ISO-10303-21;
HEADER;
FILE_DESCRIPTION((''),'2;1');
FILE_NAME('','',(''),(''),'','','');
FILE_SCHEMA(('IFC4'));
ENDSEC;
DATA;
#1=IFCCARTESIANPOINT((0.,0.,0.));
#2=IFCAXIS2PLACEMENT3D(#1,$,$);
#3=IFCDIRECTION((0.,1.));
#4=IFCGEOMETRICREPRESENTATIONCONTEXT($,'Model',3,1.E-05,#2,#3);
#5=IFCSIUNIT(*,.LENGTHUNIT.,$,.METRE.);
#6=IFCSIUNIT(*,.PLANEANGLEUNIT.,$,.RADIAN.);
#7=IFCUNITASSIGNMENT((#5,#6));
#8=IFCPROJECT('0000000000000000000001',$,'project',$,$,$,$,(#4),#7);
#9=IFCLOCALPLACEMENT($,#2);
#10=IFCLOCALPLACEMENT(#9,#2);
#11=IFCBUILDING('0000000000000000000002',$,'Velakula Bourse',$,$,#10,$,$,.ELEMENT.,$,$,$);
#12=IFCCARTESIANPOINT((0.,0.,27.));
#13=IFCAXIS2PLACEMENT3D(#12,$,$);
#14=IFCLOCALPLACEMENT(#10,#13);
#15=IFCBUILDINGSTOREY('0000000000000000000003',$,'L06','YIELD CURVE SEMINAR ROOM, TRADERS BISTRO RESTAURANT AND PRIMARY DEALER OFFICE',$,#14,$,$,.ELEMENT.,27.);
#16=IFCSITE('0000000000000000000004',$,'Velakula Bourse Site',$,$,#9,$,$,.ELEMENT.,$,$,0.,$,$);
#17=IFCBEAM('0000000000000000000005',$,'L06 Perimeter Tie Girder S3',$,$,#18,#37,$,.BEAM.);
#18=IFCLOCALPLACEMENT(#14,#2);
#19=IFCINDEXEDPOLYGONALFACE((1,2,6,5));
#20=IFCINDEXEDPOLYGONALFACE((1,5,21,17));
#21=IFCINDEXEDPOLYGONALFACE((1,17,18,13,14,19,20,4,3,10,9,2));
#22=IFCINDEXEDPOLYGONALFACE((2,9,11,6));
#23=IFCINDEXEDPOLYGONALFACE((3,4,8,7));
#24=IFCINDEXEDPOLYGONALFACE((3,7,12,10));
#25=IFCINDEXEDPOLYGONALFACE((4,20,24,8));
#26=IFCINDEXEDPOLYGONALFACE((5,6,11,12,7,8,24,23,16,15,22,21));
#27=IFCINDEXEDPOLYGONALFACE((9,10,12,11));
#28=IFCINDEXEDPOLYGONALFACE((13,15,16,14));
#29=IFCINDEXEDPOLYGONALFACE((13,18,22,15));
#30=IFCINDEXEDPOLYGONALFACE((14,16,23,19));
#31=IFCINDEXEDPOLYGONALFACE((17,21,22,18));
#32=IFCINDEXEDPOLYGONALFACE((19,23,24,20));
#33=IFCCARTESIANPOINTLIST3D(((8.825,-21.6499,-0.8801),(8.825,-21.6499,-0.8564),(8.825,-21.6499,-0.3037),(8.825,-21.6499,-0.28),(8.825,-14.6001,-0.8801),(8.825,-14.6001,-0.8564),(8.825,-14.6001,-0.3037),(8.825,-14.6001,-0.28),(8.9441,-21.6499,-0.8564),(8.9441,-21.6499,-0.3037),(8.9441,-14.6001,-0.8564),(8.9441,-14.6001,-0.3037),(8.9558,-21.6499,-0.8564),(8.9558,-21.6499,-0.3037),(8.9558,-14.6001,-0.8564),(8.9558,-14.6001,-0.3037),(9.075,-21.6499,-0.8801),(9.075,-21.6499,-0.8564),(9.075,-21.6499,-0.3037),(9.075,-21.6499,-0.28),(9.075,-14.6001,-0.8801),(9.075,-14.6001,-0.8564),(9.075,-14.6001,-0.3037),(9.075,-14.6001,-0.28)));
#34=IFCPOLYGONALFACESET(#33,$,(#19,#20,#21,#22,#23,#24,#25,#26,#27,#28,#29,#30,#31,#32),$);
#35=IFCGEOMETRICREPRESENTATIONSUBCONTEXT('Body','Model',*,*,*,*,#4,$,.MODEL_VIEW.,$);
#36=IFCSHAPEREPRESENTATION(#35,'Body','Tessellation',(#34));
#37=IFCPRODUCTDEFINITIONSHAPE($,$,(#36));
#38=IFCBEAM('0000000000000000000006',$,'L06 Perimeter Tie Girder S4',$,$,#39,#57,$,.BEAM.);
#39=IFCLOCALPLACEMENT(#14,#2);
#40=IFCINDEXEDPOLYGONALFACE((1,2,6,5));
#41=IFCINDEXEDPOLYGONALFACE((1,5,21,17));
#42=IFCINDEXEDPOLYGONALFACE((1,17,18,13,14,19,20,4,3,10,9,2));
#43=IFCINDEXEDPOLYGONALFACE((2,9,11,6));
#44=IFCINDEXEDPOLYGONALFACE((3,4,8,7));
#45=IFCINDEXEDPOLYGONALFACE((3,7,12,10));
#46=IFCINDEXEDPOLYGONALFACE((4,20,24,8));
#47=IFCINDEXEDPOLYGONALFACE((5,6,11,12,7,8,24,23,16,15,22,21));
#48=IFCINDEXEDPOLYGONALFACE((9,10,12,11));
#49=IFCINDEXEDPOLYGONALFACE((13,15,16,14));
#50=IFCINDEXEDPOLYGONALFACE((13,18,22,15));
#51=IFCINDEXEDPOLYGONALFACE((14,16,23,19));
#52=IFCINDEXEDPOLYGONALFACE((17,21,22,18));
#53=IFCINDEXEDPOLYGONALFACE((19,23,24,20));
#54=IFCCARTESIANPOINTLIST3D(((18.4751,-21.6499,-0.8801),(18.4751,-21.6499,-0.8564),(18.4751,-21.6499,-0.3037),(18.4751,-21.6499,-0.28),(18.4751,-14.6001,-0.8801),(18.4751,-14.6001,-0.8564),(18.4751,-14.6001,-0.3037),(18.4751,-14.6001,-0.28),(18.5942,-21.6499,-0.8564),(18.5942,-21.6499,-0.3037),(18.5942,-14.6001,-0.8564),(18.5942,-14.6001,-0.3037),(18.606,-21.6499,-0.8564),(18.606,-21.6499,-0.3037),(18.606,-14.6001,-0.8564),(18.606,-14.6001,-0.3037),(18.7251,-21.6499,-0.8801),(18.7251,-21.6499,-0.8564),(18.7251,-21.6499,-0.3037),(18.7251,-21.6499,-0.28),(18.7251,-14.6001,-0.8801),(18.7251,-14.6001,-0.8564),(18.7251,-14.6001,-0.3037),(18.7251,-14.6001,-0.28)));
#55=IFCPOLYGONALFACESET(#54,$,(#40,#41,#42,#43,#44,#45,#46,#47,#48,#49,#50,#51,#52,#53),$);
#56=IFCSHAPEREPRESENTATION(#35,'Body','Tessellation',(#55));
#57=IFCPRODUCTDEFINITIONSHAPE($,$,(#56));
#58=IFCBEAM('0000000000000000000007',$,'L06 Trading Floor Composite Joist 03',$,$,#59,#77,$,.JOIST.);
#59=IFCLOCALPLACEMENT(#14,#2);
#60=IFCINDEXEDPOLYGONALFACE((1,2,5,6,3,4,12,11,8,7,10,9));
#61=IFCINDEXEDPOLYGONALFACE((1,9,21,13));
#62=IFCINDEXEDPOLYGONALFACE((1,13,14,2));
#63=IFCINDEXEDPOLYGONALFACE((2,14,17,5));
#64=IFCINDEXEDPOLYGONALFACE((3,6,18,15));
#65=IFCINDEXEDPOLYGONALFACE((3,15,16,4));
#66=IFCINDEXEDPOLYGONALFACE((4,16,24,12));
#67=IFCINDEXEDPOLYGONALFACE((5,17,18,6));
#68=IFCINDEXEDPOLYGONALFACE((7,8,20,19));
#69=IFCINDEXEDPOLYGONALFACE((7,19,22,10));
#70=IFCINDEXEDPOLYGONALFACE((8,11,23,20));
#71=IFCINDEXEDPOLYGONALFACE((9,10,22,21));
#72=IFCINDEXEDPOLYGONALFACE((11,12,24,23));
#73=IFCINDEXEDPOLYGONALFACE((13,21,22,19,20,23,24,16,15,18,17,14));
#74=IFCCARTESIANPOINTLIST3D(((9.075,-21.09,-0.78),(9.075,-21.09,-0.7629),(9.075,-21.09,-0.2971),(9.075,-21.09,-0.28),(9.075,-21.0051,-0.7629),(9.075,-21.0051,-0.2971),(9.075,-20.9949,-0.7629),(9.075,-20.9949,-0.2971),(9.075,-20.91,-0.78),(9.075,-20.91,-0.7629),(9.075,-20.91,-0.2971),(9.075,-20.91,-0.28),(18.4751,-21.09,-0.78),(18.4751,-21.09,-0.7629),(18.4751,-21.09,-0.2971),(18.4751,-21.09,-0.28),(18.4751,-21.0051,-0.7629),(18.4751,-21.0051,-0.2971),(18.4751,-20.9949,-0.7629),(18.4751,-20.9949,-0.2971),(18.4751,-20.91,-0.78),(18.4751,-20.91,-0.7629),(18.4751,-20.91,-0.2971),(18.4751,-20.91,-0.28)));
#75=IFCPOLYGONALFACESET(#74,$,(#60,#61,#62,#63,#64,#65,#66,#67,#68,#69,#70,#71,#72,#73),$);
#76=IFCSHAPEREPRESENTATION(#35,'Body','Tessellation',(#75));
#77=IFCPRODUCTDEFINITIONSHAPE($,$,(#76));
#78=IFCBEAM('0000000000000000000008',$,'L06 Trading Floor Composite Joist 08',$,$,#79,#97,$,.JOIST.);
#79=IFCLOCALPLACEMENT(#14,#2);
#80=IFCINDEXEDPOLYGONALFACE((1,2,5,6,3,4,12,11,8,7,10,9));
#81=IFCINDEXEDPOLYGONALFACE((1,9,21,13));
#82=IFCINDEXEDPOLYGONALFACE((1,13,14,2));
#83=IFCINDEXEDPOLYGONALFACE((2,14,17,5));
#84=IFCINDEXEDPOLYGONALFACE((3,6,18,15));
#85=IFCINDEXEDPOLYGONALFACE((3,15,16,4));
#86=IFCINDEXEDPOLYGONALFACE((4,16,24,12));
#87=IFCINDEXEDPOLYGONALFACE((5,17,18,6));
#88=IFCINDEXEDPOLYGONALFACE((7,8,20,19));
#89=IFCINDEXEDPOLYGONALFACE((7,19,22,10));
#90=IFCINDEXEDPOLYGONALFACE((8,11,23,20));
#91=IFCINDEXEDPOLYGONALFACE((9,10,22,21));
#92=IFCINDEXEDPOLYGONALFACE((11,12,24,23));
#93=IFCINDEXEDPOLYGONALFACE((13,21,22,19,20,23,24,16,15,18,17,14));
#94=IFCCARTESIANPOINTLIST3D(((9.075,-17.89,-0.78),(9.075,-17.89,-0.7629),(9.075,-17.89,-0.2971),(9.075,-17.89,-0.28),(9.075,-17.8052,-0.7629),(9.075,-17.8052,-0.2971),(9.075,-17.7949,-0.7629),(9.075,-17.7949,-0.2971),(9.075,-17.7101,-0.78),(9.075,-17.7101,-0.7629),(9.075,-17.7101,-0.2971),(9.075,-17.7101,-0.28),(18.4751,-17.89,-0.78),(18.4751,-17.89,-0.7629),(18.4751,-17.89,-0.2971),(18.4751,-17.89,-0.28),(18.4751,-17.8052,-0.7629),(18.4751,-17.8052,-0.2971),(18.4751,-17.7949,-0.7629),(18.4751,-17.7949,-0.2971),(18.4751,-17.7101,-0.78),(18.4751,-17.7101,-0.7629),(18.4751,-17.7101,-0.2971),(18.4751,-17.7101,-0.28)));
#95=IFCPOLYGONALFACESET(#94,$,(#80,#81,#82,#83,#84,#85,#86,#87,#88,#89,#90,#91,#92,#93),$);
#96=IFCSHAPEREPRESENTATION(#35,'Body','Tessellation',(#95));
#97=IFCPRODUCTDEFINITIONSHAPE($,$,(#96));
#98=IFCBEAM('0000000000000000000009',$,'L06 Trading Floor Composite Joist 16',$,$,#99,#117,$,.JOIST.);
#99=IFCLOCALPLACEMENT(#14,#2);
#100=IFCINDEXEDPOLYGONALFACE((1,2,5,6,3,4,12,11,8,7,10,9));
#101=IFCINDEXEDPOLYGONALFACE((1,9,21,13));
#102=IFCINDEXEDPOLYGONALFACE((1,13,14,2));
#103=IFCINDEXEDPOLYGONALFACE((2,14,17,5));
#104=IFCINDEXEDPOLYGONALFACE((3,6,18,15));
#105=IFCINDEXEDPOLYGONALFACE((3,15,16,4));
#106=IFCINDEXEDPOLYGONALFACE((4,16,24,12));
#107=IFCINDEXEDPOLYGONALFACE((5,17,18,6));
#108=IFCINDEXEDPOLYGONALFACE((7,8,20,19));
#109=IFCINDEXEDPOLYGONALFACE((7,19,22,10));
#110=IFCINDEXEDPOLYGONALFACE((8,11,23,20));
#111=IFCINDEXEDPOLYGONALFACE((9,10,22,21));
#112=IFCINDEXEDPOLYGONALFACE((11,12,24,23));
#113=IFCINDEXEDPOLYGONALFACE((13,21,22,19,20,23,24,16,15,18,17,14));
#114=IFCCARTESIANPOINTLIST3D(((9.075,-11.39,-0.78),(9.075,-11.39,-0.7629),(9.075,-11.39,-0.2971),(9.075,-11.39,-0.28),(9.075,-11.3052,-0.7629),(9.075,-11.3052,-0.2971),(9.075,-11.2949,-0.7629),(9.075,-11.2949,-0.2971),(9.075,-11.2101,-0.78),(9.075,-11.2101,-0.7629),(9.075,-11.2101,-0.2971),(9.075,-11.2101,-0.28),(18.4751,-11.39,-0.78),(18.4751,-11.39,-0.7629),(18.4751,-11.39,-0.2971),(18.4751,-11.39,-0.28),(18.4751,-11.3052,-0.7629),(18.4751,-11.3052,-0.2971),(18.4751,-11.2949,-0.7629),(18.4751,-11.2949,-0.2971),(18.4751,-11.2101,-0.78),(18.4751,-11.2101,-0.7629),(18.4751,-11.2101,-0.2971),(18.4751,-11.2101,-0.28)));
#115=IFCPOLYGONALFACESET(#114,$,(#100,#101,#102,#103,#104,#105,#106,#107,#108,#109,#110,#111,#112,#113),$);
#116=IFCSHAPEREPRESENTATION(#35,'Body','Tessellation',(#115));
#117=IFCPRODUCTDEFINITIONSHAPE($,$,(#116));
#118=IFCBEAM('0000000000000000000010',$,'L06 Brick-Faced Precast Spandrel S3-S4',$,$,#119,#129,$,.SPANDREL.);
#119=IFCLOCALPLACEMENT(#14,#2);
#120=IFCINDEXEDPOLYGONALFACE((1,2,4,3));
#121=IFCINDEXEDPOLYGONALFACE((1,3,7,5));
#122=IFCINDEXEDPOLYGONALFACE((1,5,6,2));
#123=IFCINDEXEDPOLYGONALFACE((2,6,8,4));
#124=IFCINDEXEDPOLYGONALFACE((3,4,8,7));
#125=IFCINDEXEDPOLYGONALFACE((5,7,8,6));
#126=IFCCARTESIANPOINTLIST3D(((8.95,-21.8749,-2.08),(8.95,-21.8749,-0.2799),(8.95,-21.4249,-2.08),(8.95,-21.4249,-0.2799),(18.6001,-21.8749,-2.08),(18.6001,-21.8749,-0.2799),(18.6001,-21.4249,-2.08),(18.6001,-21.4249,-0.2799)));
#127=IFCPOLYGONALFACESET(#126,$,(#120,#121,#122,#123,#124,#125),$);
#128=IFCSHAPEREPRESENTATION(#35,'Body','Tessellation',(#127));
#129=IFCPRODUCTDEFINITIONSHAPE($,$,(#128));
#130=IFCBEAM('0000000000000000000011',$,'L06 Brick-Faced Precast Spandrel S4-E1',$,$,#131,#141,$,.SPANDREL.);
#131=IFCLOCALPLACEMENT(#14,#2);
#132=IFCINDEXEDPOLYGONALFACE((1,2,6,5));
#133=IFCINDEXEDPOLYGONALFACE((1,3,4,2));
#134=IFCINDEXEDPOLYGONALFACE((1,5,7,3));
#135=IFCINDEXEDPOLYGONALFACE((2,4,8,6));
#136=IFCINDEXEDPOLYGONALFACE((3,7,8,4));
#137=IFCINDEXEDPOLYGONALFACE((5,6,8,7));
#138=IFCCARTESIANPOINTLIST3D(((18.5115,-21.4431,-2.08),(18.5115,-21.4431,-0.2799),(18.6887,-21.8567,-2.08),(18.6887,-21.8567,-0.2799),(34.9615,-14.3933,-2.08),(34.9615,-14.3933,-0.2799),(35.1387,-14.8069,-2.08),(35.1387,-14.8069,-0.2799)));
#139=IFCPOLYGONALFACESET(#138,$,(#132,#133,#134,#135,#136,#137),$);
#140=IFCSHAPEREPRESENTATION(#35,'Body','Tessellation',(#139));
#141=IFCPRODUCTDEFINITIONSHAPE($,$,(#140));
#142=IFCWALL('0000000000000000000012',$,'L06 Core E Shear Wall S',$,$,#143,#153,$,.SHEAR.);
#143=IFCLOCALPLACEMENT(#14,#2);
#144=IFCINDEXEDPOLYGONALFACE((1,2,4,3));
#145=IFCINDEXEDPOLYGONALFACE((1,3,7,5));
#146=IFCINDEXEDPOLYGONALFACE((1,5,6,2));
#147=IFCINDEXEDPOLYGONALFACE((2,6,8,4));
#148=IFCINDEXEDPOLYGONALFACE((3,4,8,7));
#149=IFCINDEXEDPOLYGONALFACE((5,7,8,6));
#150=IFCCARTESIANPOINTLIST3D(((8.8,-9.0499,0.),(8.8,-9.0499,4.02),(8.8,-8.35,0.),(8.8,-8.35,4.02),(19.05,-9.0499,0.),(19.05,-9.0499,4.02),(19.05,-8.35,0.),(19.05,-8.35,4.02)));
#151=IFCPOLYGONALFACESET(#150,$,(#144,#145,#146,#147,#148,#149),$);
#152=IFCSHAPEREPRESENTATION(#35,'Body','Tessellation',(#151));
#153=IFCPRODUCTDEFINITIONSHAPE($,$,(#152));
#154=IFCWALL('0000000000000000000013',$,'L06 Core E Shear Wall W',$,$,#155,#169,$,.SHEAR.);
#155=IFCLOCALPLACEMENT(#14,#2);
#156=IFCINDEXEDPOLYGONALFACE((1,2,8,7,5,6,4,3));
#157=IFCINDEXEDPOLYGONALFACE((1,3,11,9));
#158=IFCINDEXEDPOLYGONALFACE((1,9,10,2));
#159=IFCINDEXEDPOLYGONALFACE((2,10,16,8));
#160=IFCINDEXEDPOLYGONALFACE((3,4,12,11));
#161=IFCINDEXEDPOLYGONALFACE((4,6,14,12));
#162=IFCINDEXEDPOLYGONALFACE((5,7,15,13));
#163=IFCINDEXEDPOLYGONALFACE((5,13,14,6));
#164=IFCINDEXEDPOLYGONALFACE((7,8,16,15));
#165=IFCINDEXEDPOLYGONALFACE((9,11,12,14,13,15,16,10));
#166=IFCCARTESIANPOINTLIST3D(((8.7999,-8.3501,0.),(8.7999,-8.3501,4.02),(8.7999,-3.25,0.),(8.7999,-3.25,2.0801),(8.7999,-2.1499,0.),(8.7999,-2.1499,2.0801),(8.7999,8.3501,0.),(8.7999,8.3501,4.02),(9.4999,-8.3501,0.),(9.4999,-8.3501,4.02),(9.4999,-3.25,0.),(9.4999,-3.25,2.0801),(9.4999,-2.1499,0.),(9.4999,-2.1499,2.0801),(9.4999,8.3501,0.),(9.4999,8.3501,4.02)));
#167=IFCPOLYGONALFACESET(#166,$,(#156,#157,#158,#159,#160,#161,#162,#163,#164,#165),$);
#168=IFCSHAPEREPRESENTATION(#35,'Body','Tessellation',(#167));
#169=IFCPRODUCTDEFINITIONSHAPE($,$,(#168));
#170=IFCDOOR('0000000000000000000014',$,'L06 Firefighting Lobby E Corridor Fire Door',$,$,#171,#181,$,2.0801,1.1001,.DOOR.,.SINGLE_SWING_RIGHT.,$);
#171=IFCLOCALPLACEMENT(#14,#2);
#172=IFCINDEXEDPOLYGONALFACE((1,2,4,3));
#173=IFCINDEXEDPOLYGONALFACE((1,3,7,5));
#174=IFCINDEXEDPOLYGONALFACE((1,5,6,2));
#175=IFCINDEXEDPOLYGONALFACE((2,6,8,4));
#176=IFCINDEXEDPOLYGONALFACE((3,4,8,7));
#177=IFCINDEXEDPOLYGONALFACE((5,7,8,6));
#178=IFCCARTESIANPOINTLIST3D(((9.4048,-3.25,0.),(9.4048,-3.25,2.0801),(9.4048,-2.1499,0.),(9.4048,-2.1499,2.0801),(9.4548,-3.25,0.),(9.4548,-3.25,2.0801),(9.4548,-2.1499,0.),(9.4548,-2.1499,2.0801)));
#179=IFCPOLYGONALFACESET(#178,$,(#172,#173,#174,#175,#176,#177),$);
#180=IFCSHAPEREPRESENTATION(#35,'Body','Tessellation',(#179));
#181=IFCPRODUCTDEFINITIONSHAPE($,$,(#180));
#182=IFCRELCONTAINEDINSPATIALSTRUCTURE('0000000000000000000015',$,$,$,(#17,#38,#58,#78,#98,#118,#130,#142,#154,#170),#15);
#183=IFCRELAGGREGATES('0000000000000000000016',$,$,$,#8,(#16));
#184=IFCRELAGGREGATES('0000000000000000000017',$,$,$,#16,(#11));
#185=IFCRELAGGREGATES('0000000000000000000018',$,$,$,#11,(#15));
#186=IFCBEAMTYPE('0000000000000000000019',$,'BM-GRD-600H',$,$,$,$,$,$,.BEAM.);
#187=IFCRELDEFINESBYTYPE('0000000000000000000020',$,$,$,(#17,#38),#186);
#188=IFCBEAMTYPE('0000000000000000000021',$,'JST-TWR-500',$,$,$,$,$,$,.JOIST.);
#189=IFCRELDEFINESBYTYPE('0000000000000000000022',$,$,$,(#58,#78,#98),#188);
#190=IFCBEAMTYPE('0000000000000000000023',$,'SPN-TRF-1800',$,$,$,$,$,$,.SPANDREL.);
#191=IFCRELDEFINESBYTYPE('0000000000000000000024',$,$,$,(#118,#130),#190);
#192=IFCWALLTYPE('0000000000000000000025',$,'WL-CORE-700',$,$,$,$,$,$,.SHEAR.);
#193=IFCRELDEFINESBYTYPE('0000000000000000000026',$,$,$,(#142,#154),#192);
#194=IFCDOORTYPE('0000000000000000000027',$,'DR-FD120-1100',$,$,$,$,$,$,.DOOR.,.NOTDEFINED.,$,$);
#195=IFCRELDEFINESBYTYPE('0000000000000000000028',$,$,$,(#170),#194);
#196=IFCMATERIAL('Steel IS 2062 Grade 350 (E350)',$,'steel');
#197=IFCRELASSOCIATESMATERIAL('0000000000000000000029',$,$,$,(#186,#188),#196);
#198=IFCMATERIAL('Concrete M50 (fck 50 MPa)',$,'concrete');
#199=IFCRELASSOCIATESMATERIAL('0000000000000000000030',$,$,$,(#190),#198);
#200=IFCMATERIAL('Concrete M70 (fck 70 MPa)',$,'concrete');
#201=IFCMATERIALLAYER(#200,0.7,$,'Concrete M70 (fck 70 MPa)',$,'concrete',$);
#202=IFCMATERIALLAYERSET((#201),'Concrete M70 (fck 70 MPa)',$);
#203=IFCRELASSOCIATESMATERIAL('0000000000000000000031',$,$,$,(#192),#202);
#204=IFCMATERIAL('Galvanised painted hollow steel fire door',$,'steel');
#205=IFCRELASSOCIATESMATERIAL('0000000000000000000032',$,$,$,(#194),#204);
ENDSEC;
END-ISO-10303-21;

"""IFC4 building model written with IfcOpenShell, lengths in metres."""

from ifc_helpers import new_model, si_unit, direction, frame, frame_2d, origin, origin_2d, place, context, subcontext, project, spatial, rectangle, i_section, extrude, material, layer, layer_set, material_profile, profile_set, type_object, element, fill, save


model = new_model("IFC4")

# Units and contexts
model_context = context("Model", 3, precision=1e-05, world=origin(), true_north=direction((0.0, 1.0)))
body_context = subcontext(model_context, "Body", "Model", "MODEL_VIEW")
ifc_project = project(units=[si_unit("LENGTHUNIT", "METRE"), si_unit("PLANEANGLEUNIT", "RADIAN")], contexts=[model_context])

# Site, building, storey
site_placement = place(None, origin())
site = spatial("IfcSite", under=ifc_project, at=site_placement, Name="Velakula Bourse Site", CompositionType="ELEMENT", RefElevation=0.0)
building_placement = place(site_placement, origin())
building = spatial("IfcBuilding", under=site, at=building_placement, Name="Velakula Bourse", CompositionType="ELEMENT")
storey_placement = place(building_placement, frame((0.0, 0.0, 27.0)))
storey = spatial("IfcBuildingStorey", under=building, at=storey_placement, Name="L06", Description="YIELD CURVE SEMINAR ROOM, TRADERS BISTRO RESTAURANT AND PRIMARY DEALER OFFICE", CompositionType="ELEMENT", Elevation=27.0)

# Shared definitions
ifc_material_1 = material(Name="Concrete M70 (fck 70 MPa)", Category="concrete")

# Beams
ifc_material_2 = material(Name="Steel IS 2062 Grade 350 (E350)", Category="steel")
ifc_material_profile_1 = material_profile(ifc_material_2, i_section(OverallWidth=0.25, OverallDepth=0.6001, WebThickness=0.0117, FlangeThickness=0.0237, at=origin_2d()), Name="Steel IS 2062 Grade 350 (E350)")
ifc_profile_set_1 = profile_set([ifc_material_profile_1], Name="Steel IS 2062 Grade 350 (E350)")
beam_type_1 = type_object("IfcBeamType", Name="BM-GRD-600H", PredefinedType="BEAM", material=ifc_profile_set_1)
for number, where, z_axis, x_axis, name in (
    (1, (8.95, -14.6001, -0.5801), (0.0, -1.0, 0.0), (1.0, 0.0, 0.0), "L06 Perimeter Tie Girder S3"),
    (2, (18.6001, -14.6001, -0.5801), (0.0, -1.0, 0.0), (1.0, 0.0, 0.0), "L06 Perimeter Tie Girder S4"),
):
    element("IfcBeam", number, at=place(storey_placement, frame(where, z_axis=z_axis, x_axis=x_axis)), inside=storey, type_object=beam_type_1, Name=name, PredefinedType="BEAM", context=body_context, shape_type="SweptSolid", body=[
        extrude(i_section(OverallWidth=0.25, OverallDepth=0.6001, WebThickness=0.0117, FlangeThickness=0.0237, at=origin_2d()), origin(), (0.0, 0.0, 1.0), 7.0498),
    ])
ifc_material_profile_2 = material_profile(ifc_material_2, i_section(OverallWidth=0.1799, OverallDepth=0.5, WebThickness=0.0103, FlangeThickness=0.0171, at=origin_2d()), Name="Steel IS 2062 Grade 350 (E350)")
ifc_profile_set_2 = profile_set([ifc_material_profile_2], Name="Steel IS 2062 Grade 350 (E350)")
beam_type_2 = type_object("IfcBeamType", Name="JST-TWR-500", PredefinedType="JOIST", material=ifc_profile_set_2)
for number, where, z_axis, x_axis, name in (
    (3, (9.075, -21.0, -0.53), (1.0, 0.0, 0.0), (0.0, 1.0, 0.0), "L06 Trading Floor Composite Joist 03"),
    (4, (9.075, -17.8, -0.53), (1.0, 0.0, 0.0), (0.0, 1.0, 0.0), "L06 Trading Floor Composite Joist 08"),
    (5, (9.075, -11.3, -0.53), (1.0, 0.0, 0.0), (0.0, 1.0, 0.0), "L06 Trading Floor Composite Joist 16"),
):
    element("IfcBeam", number, at=place(storey_placement, frame(where, z_axis=z_axis, x_axis=x_axis)), inside=storey, type_object=beam_type_2, Name=name, PredefinedType="JOIST", context=body_context, shape_type="SweptSolid", body=[
        extrude(i_section(OverallWidth=0.1799, OverallDepth=0.5, WebThickness=0.0103, FlangeThickness=0.0171, at=origin_2d()), origin(), (0.0, 0.0, 1.0), 9.4001),
    ])
ifc_material_3 = material(Name="Concrete M50 (fck 50 MPa)", Category="concrete")
ifc_material_profile_3 = material_profile(ifc_material_3, rectangle(XDim=0.45, YDim=1.8, at=origin_2d()), Name="Concrete M50 (fck 50 MPa)")
ifc_profile_set_3 = profile_set([ifc_material_profile_3], Name="Concrete M50 (fck 50 MPa)")
beam_type_3 = type_object("IfcBeamType", Name="SPN-TRF-1800", PredefinedType="SPANDREL", material=ifc_profile_set_3)
beam_1_placement = place(storey_placement, frame((8.95, -21.6499, -1.1799), z_axis=(1.0, 0.0, 0.0), x_axis=(0.0, 1.0, 0.0)))
element("IfcBeam", 6, at=beam_1_placement, inside=storey, type_object=beam_type_3, Name="L06 Brick-Faced Precast Spandrel S3-S4", PredefinedType="SPANDREL", context=body_context, shape_type="SweptSolid", body=[
    extrude(rectangle(XDim=0.45, YDim=1.8, at=origin_2d()), origin(), (0.0, 0.0, 1.0), 9.6501),
])
beam_2_placement = place(storey_placement, frame((18.6001, -21.6499, -1.1799), z_axis=(0.919149, 0.393911, 0.0), x_axis=(-0.393911, 0.919149, 0.0)))
element("IfcBeam", 7, at=beam_2_placement, inside=storey, type_object=beam_type_3, Name="L06 Brick-Faced Precast Spandrel S4-E1", PredefinedType="SPANDREL", context=body_context, shape_type="SweptSolid", body=[
    extrude(rectangle(XDim=0.45, YDim=1.8, at=origin_2d()), origin(), (0.0, 0.0, 1.0), 17.897),
])

# Wall
ifc_layer_1 = layer(ifc_material_1, 0.7, Name="Concrete M70 (fck 70 MPa)", Category="concrete")
ifc_layer_set_1 = layer_set([ifc_layer_1], Name="Concrete M70 (fck 70 MPa)")
wall_type_1 = type_object("IfcWallType", Name="WL-CORE-700", PredefinedType="SHEAR", material=ifc_layer_set_1)
wall_1_placement = place(storey_placement, frame((8.8, -8.7, 0.0), z_axis=(0.0, 0.0, 1.0), x_axis=(1.0, 0.0, 0.0)))
element("IfcWall", 8, at=wall_1_placement, inside=storey, type_object=wall_type_1, Name="L06 Core E Shear Wall S", PredefinedType="SHEAR", context=body_context, shape_type="SweptSolid", body=[
    extrude(rectangle(XDim=10.25, YDim=0.7, at=frame_2d((5.125, 0.0))), origin(), (0.0, 0.0, 1.0), 4.02),
])

# Wall, opening, door
wall_2_placement = place(storey_placement, frame((9.1499, -8.3501, 0.0), z_axis=(0.0, 0.0, 1.0), x_axis=(0.0, 1.0, 0.0)))
wall_2 = element("IfcWall", 9, at=wall_2_placement, inside=storey, type_object=wall_type_1, Name="L06 Core E Shear Wall W", PredefinedType="SHEAR", context=body_context, shape_type="SweptSolid", body=[
    extrude(rectangle(XDim=16.7002, YDim=0.7, at=frame_2d((8.3501, 0.0))), origin(), (0.0, 0.0, 1.0), 4.02),
])
opening_1_placement = place(wall_2_placement, frame((5.1001, 0.0, 0.0)))
opening_1 = element("IfcOpeningElement", 10, at=opening_1_placement, cuts=wall_2, PredefinedType="OPENING", context=body_context, shape_type="SweptSolid", body=[
    extrude(rectangle(XDim=1.1001, YDim=2.0801, at=frame_2d((0.55, 1.04))), frame((0.0, 0.3599, 0.0), z_axis=(0.0, -1.0, 0.0), x_axis=(1.0, 0.0, 0.0)), (0.0, 0.0, 1.0), 0.72),
])
ifc_material_4 = material(Name="Galvanised painted hollow steel fire door", Category="steel")
door_type_1 = type_object("IfcDoorType", Name="DR-FD120-1100", OperationType="NOTDEFINED", PredefinedType="DOOR", material=ifc_material_4)
door_1_placement = place(opening_1_placement, origin())
door_1 = element("IfcDoor", 11, at=door_1_placement, inside=storey, type_object=door_type_1, Name="L06 Firefighting Lobby E Corridor Fire Door", OperationType="SINGLE_SWING_RIGHT", OverallHeight=2.0801, OverallWidth=1.1001, PredefinedType="DOOR", context=body_context, shape_type="SweptSolid", body=[
    extrude(rectangle(XDim=1.1001, YDim=2.0801, at=frame_2d((0.55, 1.04))), frame((0.0, -0.2549, 0.0), z_axis=(0.0, -1.0, 0.0), x_axis=(1.0, 0.0, 0.0)), (0.0, 0.0, 1.0), 0.05),
])
fill(opening_1, door_1)

save(model, "model.ifc")
